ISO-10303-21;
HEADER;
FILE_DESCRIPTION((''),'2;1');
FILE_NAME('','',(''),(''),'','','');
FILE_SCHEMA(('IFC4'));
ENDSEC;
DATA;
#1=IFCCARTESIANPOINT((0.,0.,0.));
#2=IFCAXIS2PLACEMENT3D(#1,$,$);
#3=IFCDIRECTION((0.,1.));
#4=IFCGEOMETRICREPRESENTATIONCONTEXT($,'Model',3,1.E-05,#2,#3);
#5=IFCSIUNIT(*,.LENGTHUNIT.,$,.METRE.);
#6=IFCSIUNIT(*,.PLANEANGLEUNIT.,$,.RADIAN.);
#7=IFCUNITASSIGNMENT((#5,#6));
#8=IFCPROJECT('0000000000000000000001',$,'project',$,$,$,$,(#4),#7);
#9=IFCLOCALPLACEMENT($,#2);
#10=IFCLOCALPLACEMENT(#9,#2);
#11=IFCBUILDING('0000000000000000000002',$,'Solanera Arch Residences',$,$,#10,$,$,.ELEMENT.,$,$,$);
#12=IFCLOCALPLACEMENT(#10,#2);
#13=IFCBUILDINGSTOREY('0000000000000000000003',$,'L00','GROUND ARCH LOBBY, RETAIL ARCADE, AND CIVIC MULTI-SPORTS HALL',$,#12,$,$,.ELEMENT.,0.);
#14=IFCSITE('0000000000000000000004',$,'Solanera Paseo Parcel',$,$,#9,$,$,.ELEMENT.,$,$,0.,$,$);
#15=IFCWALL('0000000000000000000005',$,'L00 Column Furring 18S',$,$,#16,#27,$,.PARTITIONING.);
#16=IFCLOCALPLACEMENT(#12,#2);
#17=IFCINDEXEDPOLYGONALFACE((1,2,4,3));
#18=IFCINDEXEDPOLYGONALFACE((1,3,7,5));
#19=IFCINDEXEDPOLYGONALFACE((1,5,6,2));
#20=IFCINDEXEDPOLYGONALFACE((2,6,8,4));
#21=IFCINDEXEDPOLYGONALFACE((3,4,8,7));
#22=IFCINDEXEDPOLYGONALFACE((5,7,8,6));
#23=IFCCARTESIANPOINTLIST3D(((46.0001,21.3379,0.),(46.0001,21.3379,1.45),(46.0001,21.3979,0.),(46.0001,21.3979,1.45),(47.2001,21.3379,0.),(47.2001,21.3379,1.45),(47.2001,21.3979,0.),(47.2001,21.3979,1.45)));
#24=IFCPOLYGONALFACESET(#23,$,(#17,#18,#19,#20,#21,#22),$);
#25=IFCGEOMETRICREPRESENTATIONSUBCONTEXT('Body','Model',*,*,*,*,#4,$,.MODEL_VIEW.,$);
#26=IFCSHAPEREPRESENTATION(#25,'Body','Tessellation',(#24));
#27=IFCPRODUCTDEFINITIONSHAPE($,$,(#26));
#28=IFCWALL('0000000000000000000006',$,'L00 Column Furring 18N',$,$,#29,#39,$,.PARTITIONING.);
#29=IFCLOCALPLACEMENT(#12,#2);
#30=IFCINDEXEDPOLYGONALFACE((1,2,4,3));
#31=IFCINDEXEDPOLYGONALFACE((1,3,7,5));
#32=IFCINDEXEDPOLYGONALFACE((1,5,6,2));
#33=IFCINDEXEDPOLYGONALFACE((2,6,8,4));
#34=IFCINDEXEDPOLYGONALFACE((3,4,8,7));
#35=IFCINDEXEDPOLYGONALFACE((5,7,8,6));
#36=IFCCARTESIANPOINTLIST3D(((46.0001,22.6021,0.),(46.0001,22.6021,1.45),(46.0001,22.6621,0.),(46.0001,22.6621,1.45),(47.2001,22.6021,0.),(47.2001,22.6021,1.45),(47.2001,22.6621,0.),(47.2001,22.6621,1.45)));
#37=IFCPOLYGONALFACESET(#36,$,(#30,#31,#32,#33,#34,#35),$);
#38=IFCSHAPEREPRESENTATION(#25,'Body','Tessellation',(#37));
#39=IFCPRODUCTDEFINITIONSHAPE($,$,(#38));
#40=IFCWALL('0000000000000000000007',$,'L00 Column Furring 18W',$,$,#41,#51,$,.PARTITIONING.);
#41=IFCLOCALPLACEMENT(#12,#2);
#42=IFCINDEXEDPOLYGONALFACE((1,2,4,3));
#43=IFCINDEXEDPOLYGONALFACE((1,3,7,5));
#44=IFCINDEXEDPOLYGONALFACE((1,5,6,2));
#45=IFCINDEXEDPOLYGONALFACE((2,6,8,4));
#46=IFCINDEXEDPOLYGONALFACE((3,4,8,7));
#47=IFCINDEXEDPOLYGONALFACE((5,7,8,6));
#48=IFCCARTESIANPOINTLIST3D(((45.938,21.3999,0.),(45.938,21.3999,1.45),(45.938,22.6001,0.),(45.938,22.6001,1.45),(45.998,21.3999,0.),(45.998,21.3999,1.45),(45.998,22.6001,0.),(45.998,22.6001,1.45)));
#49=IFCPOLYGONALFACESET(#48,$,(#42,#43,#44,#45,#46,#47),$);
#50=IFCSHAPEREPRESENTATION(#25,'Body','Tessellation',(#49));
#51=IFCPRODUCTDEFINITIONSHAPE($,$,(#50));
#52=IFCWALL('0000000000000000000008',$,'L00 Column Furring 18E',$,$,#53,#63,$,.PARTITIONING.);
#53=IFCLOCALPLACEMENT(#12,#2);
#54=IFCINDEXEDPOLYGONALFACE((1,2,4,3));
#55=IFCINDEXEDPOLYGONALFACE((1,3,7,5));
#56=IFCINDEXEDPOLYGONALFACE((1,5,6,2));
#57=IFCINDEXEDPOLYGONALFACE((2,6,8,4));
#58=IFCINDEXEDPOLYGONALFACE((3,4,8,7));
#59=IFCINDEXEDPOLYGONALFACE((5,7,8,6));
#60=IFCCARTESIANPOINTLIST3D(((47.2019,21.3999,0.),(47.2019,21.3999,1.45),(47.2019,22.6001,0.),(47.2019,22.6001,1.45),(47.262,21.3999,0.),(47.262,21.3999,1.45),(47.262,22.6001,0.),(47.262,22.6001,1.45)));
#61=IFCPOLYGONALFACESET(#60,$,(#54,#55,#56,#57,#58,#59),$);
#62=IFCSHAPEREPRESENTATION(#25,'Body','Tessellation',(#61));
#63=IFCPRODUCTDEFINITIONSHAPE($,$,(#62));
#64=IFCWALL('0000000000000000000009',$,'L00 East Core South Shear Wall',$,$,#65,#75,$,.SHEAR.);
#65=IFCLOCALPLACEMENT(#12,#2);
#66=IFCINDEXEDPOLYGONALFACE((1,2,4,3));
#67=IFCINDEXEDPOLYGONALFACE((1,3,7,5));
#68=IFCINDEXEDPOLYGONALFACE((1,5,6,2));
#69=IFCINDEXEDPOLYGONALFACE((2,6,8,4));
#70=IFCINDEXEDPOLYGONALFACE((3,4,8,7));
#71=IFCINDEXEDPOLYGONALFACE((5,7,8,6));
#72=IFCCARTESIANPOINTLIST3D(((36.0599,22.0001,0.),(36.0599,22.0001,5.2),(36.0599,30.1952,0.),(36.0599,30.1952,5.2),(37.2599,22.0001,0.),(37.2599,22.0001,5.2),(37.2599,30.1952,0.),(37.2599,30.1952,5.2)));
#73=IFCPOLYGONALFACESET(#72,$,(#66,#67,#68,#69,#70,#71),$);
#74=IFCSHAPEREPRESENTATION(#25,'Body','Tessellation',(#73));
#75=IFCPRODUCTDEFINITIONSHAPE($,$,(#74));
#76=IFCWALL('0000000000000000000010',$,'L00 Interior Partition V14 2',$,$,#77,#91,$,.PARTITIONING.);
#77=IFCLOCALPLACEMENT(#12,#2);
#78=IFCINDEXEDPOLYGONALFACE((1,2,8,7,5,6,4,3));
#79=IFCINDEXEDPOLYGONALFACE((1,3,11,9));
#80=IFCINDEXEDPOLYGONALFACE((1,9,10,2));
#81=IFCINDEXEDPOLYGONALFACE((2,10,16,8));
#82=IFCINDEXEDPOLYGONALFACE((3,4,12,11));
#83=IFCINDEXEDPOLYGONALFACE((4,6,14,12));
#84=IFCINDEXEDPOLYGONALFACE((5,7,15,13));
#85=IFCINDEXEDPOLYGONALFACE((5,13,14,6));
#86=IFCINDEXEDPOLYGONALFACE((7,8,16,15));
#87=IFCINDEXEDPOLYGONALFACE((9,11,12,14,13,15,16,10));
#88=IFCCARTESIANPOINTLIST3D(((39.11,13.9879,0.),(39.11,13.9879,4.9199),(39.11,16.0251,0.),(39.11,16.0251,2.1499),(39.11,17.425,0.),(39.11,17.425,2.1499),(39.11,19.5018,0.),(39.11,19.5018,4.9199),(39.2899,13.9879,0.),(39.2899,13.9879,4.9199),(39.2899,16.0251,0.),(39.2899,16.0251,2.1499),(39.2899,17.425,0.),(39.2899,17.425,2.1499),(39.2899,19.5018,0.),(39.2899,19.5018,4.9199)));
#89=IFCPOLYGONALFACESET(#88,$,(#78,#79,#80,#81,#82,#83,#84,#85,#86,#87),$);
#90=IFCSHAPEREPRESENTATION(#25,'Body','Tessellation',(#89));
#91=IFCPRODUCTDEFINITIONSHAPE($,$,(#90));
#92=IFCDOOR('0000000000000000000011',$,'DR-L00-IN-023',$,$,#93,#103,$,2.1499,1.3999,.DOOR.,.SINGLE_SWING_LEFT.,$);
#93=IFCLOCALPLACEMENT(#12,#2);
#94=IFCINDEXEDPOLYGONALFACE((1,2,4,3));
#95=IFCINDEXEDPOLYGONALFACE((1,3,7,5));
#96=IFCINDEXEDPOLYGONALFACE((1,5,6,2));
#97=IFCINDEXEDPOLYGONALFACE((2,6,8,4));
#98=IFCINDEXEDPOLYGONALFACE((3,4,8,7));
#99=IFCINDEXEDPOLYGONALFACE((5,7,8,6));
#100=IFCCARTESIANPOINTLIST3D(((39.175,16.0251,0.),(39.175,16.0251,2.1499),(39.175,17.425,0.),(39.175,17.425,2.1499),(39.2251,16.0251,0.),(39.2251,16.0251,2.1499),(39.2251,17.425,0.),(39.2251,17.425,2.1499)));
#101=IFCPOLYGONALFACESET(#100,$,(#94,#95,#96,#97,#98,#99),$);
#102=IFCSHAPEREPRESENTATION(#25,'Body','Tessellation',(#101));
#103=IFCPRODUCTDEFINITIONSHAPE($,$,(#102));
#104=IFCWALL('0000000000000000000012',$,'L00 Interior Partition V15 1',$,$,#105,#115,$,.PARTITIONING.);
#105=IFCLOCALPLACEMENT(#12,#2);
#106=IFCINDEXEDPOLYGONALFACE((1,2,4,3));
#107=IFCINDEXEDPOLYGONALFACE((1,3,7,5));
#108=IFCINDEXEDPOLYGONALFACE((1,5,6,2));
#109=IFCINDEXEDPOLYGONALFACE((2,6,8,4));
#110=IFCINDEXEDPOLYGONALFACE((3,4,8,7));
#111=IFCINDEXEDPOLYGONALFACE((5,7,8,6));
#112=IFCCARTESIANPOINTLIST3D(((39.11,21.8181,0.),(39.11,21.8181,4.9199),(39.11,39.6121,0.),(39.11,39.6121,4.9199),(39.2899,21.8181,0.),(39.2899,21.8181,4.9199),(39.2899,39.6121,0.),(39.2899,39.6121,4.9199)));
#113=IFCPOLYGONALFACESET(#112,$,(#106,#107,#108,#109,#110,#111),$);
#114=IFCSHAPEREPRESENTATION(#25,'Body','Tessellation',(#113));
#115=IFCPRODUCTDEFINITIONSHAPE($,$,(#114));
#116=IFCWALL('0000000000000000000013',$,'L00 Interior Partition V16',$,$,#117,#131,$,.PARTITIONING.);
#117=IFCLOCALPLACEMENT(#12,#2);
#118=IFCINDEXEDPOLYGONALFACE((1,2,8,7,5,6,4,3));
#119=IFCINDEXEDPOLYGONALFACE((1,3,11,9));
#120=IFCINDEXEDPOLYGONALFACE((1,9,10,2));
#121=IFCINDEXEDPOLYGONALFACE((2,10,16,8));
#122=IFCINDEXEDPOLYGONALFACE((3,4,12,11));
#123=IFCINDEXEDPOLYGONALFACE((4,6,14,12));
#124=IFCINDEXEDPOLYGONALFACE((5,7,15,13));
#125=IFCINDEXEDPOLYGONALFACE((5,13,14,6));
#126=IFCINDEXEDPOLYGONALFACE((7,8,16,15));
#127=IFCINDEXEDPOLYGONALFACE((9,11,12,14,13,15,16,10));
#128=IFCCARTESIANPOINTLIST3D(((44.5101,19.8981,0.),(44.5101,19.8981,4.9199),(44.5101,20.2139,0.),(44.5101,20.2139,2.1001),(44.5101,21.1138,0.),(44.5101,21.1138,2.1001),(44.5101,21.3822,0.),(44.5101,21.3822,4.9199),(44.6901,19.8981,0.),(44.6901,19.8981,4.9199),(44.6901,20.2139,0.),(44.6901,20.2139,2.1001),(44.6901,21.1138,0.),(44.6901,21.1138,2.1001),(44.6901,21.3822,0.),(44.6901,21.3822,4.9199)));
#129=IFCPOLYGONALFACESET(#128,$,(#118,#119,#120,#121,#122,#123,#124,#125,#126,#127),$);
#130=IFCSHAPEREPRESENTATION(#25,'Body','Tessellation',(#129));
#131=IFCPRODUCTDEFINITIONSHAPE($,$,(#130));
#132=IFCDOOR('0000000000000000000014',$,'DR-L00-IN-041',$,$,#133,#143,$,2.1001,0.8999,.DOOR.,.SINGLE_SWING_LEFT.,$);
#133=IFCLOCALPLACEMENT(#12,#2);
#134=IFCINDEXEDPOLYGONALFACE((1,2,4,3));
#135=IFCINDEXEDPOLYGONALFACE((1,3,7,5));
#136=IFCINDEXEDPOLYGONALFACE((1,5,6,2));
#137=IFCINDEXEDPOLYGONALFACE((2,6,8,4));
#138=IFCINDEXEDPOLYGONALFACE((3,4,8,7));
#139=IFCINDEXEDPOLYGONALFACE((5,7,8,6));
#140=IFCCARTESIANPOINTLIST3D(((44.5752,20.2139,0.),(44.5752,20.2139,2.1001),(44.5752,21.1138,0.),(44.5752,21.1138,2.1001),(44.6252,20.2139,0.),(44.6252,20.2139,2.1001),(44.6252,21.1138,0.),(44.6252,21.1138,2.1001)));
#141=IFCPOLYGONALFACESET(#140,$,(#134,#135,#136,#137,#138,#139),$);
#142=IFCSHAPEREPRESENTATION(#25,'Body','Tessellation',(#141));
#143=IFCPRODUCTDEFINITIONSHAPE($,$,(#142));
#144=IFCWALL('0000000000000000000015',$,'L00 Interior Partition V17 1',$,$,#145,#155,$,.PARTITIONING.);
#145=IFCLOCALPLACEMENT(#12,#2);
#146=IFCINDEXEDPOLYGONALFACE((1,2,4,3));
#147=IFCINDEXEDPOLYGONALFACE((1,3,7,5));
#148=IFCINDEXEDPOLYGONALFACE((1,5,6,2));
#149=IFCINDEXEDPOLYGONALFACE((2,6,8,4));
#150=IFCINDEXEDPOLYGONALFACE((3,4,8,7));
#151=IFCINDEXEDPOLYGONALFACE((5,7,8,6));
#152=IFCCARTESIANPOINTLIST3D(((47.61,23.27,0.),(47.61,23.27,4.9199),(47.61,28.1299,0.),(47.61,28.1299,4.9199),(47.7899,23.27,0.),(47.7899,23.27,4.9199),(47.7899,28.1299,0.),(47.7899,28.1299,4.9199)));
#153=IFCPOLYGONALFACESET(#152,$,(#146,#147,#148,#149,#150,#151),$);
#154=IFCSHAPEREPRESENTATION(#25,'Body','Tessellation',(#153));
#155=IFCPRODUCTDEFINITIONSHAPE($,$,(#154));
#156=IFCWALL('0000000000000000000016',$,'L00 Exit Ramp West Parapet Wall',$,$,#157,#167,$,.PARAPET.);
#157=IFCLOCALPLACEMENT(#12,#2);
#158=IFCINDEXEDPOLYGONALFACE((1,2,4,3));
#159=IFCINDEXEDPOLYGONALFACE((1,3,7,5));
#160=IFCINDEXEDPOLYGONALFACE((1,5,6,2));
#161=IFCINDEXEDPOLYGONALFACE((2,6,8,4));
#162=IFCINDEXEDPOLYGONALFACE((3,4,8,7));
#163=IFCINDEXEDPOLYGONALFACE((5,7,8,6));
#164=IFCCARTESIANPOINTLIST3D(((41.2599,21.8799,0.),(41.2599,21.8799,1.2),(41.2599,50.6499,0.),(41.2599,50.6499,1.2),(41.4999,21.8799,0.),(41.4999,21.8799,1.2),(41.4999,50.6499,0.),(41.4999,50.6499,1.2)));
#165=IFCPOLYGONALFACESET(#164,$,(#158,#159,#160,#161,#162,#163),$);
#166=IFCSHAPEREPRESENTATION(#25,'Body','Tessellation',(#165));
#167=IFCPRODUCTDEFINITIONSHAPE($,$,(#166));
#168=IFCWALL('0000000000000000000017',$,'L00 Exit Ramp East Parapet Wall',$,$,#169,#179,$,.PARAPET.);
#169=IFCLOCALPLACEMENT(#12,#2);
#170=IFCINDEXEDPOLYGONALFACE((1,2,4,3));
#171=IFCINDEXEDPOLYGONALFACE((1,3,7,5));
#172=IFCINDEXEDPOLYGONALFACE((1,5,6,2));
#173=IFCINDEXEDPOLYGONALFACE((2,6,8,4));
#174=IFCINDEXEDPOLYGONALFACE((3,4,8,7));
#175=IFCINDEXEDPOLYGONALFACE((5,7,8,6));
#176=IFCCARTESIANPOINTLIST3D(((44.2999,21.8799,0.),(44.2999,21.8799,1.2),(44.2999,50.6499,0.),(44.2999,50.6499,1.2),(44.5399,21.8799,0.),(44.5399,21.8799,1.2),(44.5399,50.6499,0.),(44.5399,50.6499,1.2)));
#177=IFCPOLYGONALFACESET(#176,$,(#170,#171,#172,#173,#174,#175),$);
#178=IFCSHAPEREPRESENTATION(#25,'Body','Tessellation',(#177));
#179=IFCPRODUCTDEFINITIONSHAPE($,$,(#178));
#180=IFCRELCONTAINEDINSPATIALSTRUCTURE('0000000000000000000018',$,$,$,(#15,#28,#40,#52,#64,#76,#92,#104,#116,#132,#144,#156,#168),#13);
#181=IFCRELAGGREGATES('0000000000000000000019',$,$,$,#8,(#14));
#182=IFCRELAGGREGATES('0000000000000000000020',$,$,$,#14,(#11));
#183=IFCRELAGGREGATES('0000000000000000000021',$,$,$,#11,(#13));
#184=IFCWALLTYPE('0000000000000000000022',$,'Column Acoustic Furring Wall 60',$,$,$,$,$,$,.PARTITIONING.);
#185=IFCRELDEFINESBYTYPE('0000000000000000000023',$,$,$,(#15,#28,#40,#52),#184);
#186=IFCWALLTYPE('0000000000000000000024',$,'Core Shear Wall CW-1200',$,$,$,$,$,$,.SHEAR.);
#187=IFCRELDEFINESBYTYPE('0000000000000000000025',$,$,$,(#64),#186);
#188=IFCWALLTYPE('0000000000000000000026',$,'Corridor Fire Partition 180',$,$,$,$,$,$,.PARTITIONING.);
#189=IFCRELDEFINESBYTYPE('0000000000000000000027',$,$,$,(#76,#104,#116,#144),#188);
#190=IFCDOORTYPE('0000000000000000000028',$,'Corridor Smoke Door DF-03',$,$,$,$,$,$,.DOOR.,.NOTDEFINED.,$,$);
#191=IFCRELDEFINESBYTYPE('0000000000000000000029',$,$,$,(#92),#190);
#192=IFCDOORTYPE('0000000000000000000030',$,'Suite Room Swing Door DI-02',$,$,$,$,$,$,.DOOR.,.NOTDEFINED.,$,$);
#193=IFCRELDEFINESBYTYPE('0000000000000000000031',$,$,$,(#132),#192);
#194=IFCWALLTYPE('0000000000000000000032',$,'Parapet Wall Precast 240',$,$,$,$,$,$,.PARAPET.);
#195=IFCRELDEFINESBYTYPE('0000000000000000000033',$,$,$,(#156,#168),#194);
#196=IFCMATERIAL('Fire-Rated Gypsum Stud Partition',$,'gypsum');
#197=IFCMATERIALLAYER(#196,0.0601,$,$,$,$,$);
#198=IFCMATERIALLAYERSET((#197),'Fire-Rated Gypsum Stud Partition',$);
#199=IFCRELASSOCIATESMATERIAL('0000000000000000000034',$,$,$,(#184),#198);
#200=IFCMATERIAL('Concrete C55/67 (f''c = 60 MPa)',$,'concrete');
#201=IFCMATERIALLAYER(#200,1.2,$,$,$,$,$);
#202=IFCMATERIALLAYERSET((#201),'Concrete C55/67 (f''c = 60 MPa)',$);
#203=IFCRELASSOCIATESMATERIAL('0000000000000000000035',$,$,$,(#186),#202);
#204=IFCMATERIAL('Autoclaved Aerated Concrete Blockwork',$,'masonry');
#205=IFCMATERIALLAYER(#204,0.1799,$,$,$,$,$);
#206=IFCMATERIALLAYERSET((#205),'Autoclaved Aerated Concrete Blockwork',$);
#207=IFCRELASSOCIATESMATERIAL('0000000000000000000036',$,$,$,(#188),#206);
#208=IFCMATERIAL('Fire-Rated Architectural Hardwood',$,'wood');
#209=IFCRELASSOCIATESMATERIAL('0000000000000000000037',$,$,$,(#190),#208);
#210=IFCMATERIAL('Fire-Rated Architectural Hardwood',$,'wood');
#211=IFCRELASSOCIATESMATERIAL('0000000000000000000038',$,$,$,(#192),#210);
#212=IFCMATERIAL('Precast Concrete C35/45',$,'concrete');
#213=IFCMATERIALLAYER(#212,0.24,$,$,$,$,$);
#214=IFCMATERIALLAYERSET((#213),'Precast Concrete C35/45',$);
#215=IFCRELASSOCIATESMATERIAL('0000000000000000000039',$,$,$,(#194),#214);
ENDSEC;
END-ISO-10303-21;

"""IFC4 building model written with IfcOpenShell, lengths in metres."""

from ifc_helpers import new_model, si_unit, direction, frame, frame_2d, origin, place, context, subcontext, project, spatial, rectangle, extrude, material, layer, layer_set, type_object, element, fill, save


model = new_model("IFC4")

# Units and contexts
model_context = context("Model", 3, precision=1e-05, world=origin(), true_north=direction((0.0, 1.0)))
body_context = subcontext(model_context, "Body", "Model", "MODEL_VIEW")
ifc_project = project(units=[si_unit("LENGTHUNIT", "METRE"), si_unit("PLANEANGLEUNIT", "RADIAN")], contexts=[model_context])

# Site, building, storey
site_placement = place(None, origin())
site = spatial("IfcSite", under=ifc_project, at=site_placement, Name="Solanera Paseo Parcel", CompositionType="ELEMENT", RefElevation=0.0)
building_placement = place(site_placement, origin())
building = spatial("IfcBuilding", under=site, at=building_placement, Name="Solanera Arch Residences", CompositionType="ELEMENT")
storey_placement = place(building_placement, origin())
storey = spatial("IfcBuildingStorey", under=building, at=storey_placement, Name="L00", Description="GROUND ARCH LOBBY, RETAIL ARCADE, AND CIVIC MULTI-SPORTS HALL", CompositionType="ELEMENT", Elevation=0.0)

# Walls
ifc_material_1 = material(Name="Fire-Rated Gypsum Stud Partition", Category="gypsum")
ifc_layer_1 = layer(ifc_material_1, 0.0601)
ifc_layer_set_1 = layer_set([ifc_layer_1], Name="Fire-Rated Gypsum Stud Partition")
wall_type_1 = type_object("IfcWallType", Name="Column Acoustic Furring Wall 60", PredefinedType="PARTITIONING", material=ifc_layer_set_1)
for number, where, z_axis, x_axis, name in (
    (1, (46.0, 21.3679, 0.0), (0.0, 0.0, 1.0), (1.0, 0.0, 0.0), "L00 Column Furring 18S"),
    (2, (46.0, 22.6321, 0.0), (0.0, 0.0, 1.0), (1.0, 0.0, 0.0), "L00 Column Furring 18N"),
):
    element("IfcWall", number, at=place(storey_placement, frame(where, z_axis=z_axis, x_axis=x_axis)), inside=storey, type_object=wall_type_1, Name=name, PredefinedType="PARTITIONING", context=body_context, shape_type="SweptSolid", body=[
        extrude(rectangle(XDim=1.2, YDim=0.0601, at=frame_2d((0.6001, 0.0))), origin(), (0.0, 0.0, 1.0), 1.45),
    ])
for number, where, z_axis, x_axis, name in (
    (3, (45.968, 21.3999, 0.0), (0.0, 0.0, 1.0), (0.0, 1.0, 0.0), "L00 Column Furring 18W"),
    (4, (47.2319, 21.3999, 0.0), (0.0, 0.0, 1.0), (0.0, 1.0, 0.0), "L00 Column Furring 18E"),
):
    element("IfcWall", number, at=place(storey_placement, frame(where, z_axis=z_axis, x_axis=x_axis)), inside=storey, type_object=wall_type_1, Name=name, PredefinedType="PARTITIONING", context=body_context, shape_type="SweptSolid", body=[
        extrude(rectangle(XDim=1.2002, YDim=0.0601, at=frame_2d((0.6001, 0.0))), origin(), (0.0, 0.0, 1.0), 1.45),
    ])
ifc_material_2 = material(Name="Concrete C55/67 (f'c = 60 MPa)", Category="concrete")
ifc_layer_2 = layer(ifc_material_2, 1.2)
ifc_layer_set_2 = layer_set([ifc_layer_2], Name="Concrete C55/67 (f'c = 60 MPa)")
wall_type_2 = type_object("IfcWallType", Name="Core Shear Wall CW-1200", PredefinedType="SHEAR", material=ifc_layer_set_2)
wall_1_placement = place(storey_placement, frame((36.6599, 22.0, 0.0), z_axis=(0.0, 0.0, 1.0), x_axis=(0.0, 1.0, 0.0)))
element("IfcWall", 5, at=wall_1_placement, inside=storey, type_object=wall_type_2, Name="L00 East Core South Shear Wall", PredefinedType="SHEAR", context=body_context, shape_type="SweptSolid", body=[
    extrude(rectangle(XDim=8.1951, YDim=1.2, at=frame_2d((4.0977, 0.0))), origin(), (0.0, 0.0, 1.0), 5.2),
])

# Wall, opening, door
ifc_material_3 = material(Name="Autoclaved Aerated Concrete Blockwork", Category="masonry")
ifc_layer_3 = layer(ifc_material_3, 0.1799)
ifc_layer_set_3 = layer_set([ifc_layer_3], Name="Autoclaved Aerated Concrete Blockwork")
wall_type_3 = type_object("IfcWallType", Name="Corridor Fire Partition 180", PredefinedType="PARTITIONING", material=ifc_layer_set_3)
wall_2_placement = place(storey_placement, frame((39.2, 13.988, 0.0), z_axis=(0.0, 0.0, 1.0), x_axis=(0.0, 1.0, 0.0)))
wall_2 = element("IfcWall", 6, at=wall_2_placement, inside=storey, type_object=wall_type_3, Name="L00 Interior Partition V14 2", PredefinedType="PARTITIONING", context=body_context, shape_type="SweptSolid", body=[
    extrude(rectangle(XDim=5.5139, YDim=0.1799, at=frame_2d((2.7568, 0.0))), origin(), (0.0, 0.0, 1.0), 4.9199),
])
opening_1_placement = place(wall_2_placement, frame((2.0371, 0.0, 0.0)))
opening_1 = element("IfcOpeningElement", 7, at=opening_1_placement, cuts=wall_2, PredefinedType="OPENING", context=body_context, shape_type="SweptSolid", body=[
    extrude(rectangle(XDim=1.3999, YDim=2.1499, at=frame_2d((0.7, 1.075))), frame((0.0, 0.1001, 0.0), z_axis=(0.0, -1.0, 0.0), x_axis=(1.0, 0.0, 0.0)), (0.0, 0.0, 1.0), 0.1999),
])
ifc_material_4 = material(Name="Fire-Rated Architectural Hardwood", Category="wood")
door_type_1 = type_object("IfcDoorType", Name="Corridor Smoke Door DF-03", OperationType="NOTDEFINED", PredefinedType="DOOR", material=ifc_material_4)
door_1_placement = place(opening_1_placement, origin())
door_1 = element("IfcDoor", 8, at=door_1_placement, inside=storey, type_object=door_type_1, Name="DR-L00-IN-023", OperationType="SINGLE_SWING_LEFT", OverallHeight=2.1499, OverallWidth=1.3999, PredefinedType="DOOR", context=body_context, shape_type="SweptSolid", body=[
    extrude(rectangle(XDim=1.3999, YDim=2.1499, at=frame_2d((0.7, 1.075))), frame((0.0, 0.0249, 0.0), z_axis=(0.0, -1.0, 0.0), x_axis=(1.0, 0.0, 0.0)), (0.0, 0.0, 1.0), 0.05),
])
fill(opening_1, door_1)

# Wall
wall_3_placement = place(storey_placement, frame((39.2, 21.8181, 0.0), z_axis=(0.0, 0.0, 1.0), x_axis=(0.0, 1.0, 0.0)))
element("IfcWall", 9, at=wall_3_placement, inside=storey, type_object=wall_type_3, Name="L00 Interior Partition V15 1", PredefinedType="PARTITIONING", context=body_context, shape_type="SweptSolid", body=[
    extrude(rectangle(XDim=17.7939, YDim=0.1799, at=frame_2d((8.897, 0.0))), origin(), (0.0, 0.0, 1.0), 4.9199),
])

# Wall, opening, door
wall_4_placement = place(storey_placement, frame((44.6001, 19.8979, 0.0), z_axis=(0.0, 0.0, 1.0), x_axis=(0.0, 1.0, 0.0)))
wall_4 = element("IfcWall", 10, at=wall_4_placement, inside=storey, type_object=wall_type_3, Name="L00 Interior Partition V16", PredefinedType="PARTITIONING", context=body_context, shape_type="SweptSolid", body=[
    extrude(rectangle(XDim=1.4841, YDim=0.1799, at=frame_2d((0.7422, 0.0))), origin(), (0.0, 0.0, 1.0), 4.9199),
])
opening_2_placement = place(wall_4_placement, frame((0.3159, 0.0, 0.0)))
opening_2 = element("IfcOpeningElement", 11, at=opening_2_placement, cuts=wall_4, PredefinedType="OPENING", context=body_context, shape_type="SweptSolid", body=[
    extrude(rectangle(XDim=0.8999, YDim=2.1001, at=frame_2d((0.45, 1.05))), frame((0.0, 0.1001, 0.0), z_axis=(0.0, -1.0, 0.0), x_axis=(1.0, 0.0, 0.0)), (0.0, 0.0, 1.0), 0.1999),
])
ifc_material_5 = material(Name="Fire-Rated Architectural Hardwood", Category="wood")
door_type_2 = type_object("IfcDoorType", Name="Suite Room Swing Door DI-02", OperationType="NOTDEFINED", PredefinedType="DOOR", material=ifc_material_5)
door_2_placement = place(opening_2_placement, origin())
door_2 = element("IfcDoor", 12, at=door_2_placement, inside=storey, type_object=door_type_2, Name="DR-L00-IN-041", OperationType="SINGLE_SWING_LEFT", OverallHeight=2.1001, OverallWidth=0.8999, PredefinedType="DOOR", context=body_context, shape_type="SweptSolid", body=[
    extrude(rectangle(XDim=0.8999, YDim=2.1001, at=frame_2d((0.45, 1.05))), frame((0.0, 0.0249, 0.0), z_axis=(0.0, -1.0, 0.0), x_axis=(1.0, 0.0, 0.0)), (0.0, 0.0, 1.0), 0.05),
])
fill(opening_2, door_2)

# Wall
wall_5_placement = place(storey_placement, frame((47.7, 23.27, 0.0), z_axis=(0.0, 0.0, 1.0), x_axis=(0.0, 1.0, 0.0)))
element("IfcWall", 13, at=wall_5_placement, inside=storey, type_object=wall_type_3, Name="L00 Interior Partition V17 1", PredefinedType="PARTITIONING", context=body_context, shape_type="SweptSolid", body=[
    extrude(rectangle(XDim=4.8599, YDim=0.1799, at=frame_2d((2.4299, 0.0))), origin(), (0.0, 0.0, 1.0), 4.9199),
])

# Walls
ifc_material_6 = material(Name="Precast Concrete C35/45", Category="concrete")
ifc_layer_4 = layer(ifc_material_6, 0.24)
ifc_layer_set_4 = layer_set([ifc_layer_4], Name="Precast Concrete C35/45")
wall_type_4 = type_object("IfcWallType", Name="Parapet Wall Precast 240", PredefinedType="PARAPET", material=ifc_layer_set_4)
for number, where, z_axis, x_axis, name in (
    (14, (41.3799, 21.8799, 0.0), (0.0, 0.0, 1.0), (0.0, 1.0, 0.0), "L00 Exit Ramp West Parapet Wall"),
    (15, (44.4199, 21.8799, 0.0), (0.0, 0.0, 1.0), (0.0, 1.0, 0.0), "L00 Exit Ramp East Parapet Wall"),
):
    element("IfcWall", number, at=place(storey_placement, frame(where, z_axis=z_axis, x_axis=x_axis)), inside=storey, type_object=wall_type_4, Name=name, PredefinedType="PARAPET", context=body_context, shape_type="SweptSolid", body=[
        extrude(rectangle(XDim=28.77, YDim=0.24, at=frame_2d((14.385, 0.0))), origin(), (0.0, 0.0, 1.0), 1.2),
    ])

save(model, "model.ifc")
